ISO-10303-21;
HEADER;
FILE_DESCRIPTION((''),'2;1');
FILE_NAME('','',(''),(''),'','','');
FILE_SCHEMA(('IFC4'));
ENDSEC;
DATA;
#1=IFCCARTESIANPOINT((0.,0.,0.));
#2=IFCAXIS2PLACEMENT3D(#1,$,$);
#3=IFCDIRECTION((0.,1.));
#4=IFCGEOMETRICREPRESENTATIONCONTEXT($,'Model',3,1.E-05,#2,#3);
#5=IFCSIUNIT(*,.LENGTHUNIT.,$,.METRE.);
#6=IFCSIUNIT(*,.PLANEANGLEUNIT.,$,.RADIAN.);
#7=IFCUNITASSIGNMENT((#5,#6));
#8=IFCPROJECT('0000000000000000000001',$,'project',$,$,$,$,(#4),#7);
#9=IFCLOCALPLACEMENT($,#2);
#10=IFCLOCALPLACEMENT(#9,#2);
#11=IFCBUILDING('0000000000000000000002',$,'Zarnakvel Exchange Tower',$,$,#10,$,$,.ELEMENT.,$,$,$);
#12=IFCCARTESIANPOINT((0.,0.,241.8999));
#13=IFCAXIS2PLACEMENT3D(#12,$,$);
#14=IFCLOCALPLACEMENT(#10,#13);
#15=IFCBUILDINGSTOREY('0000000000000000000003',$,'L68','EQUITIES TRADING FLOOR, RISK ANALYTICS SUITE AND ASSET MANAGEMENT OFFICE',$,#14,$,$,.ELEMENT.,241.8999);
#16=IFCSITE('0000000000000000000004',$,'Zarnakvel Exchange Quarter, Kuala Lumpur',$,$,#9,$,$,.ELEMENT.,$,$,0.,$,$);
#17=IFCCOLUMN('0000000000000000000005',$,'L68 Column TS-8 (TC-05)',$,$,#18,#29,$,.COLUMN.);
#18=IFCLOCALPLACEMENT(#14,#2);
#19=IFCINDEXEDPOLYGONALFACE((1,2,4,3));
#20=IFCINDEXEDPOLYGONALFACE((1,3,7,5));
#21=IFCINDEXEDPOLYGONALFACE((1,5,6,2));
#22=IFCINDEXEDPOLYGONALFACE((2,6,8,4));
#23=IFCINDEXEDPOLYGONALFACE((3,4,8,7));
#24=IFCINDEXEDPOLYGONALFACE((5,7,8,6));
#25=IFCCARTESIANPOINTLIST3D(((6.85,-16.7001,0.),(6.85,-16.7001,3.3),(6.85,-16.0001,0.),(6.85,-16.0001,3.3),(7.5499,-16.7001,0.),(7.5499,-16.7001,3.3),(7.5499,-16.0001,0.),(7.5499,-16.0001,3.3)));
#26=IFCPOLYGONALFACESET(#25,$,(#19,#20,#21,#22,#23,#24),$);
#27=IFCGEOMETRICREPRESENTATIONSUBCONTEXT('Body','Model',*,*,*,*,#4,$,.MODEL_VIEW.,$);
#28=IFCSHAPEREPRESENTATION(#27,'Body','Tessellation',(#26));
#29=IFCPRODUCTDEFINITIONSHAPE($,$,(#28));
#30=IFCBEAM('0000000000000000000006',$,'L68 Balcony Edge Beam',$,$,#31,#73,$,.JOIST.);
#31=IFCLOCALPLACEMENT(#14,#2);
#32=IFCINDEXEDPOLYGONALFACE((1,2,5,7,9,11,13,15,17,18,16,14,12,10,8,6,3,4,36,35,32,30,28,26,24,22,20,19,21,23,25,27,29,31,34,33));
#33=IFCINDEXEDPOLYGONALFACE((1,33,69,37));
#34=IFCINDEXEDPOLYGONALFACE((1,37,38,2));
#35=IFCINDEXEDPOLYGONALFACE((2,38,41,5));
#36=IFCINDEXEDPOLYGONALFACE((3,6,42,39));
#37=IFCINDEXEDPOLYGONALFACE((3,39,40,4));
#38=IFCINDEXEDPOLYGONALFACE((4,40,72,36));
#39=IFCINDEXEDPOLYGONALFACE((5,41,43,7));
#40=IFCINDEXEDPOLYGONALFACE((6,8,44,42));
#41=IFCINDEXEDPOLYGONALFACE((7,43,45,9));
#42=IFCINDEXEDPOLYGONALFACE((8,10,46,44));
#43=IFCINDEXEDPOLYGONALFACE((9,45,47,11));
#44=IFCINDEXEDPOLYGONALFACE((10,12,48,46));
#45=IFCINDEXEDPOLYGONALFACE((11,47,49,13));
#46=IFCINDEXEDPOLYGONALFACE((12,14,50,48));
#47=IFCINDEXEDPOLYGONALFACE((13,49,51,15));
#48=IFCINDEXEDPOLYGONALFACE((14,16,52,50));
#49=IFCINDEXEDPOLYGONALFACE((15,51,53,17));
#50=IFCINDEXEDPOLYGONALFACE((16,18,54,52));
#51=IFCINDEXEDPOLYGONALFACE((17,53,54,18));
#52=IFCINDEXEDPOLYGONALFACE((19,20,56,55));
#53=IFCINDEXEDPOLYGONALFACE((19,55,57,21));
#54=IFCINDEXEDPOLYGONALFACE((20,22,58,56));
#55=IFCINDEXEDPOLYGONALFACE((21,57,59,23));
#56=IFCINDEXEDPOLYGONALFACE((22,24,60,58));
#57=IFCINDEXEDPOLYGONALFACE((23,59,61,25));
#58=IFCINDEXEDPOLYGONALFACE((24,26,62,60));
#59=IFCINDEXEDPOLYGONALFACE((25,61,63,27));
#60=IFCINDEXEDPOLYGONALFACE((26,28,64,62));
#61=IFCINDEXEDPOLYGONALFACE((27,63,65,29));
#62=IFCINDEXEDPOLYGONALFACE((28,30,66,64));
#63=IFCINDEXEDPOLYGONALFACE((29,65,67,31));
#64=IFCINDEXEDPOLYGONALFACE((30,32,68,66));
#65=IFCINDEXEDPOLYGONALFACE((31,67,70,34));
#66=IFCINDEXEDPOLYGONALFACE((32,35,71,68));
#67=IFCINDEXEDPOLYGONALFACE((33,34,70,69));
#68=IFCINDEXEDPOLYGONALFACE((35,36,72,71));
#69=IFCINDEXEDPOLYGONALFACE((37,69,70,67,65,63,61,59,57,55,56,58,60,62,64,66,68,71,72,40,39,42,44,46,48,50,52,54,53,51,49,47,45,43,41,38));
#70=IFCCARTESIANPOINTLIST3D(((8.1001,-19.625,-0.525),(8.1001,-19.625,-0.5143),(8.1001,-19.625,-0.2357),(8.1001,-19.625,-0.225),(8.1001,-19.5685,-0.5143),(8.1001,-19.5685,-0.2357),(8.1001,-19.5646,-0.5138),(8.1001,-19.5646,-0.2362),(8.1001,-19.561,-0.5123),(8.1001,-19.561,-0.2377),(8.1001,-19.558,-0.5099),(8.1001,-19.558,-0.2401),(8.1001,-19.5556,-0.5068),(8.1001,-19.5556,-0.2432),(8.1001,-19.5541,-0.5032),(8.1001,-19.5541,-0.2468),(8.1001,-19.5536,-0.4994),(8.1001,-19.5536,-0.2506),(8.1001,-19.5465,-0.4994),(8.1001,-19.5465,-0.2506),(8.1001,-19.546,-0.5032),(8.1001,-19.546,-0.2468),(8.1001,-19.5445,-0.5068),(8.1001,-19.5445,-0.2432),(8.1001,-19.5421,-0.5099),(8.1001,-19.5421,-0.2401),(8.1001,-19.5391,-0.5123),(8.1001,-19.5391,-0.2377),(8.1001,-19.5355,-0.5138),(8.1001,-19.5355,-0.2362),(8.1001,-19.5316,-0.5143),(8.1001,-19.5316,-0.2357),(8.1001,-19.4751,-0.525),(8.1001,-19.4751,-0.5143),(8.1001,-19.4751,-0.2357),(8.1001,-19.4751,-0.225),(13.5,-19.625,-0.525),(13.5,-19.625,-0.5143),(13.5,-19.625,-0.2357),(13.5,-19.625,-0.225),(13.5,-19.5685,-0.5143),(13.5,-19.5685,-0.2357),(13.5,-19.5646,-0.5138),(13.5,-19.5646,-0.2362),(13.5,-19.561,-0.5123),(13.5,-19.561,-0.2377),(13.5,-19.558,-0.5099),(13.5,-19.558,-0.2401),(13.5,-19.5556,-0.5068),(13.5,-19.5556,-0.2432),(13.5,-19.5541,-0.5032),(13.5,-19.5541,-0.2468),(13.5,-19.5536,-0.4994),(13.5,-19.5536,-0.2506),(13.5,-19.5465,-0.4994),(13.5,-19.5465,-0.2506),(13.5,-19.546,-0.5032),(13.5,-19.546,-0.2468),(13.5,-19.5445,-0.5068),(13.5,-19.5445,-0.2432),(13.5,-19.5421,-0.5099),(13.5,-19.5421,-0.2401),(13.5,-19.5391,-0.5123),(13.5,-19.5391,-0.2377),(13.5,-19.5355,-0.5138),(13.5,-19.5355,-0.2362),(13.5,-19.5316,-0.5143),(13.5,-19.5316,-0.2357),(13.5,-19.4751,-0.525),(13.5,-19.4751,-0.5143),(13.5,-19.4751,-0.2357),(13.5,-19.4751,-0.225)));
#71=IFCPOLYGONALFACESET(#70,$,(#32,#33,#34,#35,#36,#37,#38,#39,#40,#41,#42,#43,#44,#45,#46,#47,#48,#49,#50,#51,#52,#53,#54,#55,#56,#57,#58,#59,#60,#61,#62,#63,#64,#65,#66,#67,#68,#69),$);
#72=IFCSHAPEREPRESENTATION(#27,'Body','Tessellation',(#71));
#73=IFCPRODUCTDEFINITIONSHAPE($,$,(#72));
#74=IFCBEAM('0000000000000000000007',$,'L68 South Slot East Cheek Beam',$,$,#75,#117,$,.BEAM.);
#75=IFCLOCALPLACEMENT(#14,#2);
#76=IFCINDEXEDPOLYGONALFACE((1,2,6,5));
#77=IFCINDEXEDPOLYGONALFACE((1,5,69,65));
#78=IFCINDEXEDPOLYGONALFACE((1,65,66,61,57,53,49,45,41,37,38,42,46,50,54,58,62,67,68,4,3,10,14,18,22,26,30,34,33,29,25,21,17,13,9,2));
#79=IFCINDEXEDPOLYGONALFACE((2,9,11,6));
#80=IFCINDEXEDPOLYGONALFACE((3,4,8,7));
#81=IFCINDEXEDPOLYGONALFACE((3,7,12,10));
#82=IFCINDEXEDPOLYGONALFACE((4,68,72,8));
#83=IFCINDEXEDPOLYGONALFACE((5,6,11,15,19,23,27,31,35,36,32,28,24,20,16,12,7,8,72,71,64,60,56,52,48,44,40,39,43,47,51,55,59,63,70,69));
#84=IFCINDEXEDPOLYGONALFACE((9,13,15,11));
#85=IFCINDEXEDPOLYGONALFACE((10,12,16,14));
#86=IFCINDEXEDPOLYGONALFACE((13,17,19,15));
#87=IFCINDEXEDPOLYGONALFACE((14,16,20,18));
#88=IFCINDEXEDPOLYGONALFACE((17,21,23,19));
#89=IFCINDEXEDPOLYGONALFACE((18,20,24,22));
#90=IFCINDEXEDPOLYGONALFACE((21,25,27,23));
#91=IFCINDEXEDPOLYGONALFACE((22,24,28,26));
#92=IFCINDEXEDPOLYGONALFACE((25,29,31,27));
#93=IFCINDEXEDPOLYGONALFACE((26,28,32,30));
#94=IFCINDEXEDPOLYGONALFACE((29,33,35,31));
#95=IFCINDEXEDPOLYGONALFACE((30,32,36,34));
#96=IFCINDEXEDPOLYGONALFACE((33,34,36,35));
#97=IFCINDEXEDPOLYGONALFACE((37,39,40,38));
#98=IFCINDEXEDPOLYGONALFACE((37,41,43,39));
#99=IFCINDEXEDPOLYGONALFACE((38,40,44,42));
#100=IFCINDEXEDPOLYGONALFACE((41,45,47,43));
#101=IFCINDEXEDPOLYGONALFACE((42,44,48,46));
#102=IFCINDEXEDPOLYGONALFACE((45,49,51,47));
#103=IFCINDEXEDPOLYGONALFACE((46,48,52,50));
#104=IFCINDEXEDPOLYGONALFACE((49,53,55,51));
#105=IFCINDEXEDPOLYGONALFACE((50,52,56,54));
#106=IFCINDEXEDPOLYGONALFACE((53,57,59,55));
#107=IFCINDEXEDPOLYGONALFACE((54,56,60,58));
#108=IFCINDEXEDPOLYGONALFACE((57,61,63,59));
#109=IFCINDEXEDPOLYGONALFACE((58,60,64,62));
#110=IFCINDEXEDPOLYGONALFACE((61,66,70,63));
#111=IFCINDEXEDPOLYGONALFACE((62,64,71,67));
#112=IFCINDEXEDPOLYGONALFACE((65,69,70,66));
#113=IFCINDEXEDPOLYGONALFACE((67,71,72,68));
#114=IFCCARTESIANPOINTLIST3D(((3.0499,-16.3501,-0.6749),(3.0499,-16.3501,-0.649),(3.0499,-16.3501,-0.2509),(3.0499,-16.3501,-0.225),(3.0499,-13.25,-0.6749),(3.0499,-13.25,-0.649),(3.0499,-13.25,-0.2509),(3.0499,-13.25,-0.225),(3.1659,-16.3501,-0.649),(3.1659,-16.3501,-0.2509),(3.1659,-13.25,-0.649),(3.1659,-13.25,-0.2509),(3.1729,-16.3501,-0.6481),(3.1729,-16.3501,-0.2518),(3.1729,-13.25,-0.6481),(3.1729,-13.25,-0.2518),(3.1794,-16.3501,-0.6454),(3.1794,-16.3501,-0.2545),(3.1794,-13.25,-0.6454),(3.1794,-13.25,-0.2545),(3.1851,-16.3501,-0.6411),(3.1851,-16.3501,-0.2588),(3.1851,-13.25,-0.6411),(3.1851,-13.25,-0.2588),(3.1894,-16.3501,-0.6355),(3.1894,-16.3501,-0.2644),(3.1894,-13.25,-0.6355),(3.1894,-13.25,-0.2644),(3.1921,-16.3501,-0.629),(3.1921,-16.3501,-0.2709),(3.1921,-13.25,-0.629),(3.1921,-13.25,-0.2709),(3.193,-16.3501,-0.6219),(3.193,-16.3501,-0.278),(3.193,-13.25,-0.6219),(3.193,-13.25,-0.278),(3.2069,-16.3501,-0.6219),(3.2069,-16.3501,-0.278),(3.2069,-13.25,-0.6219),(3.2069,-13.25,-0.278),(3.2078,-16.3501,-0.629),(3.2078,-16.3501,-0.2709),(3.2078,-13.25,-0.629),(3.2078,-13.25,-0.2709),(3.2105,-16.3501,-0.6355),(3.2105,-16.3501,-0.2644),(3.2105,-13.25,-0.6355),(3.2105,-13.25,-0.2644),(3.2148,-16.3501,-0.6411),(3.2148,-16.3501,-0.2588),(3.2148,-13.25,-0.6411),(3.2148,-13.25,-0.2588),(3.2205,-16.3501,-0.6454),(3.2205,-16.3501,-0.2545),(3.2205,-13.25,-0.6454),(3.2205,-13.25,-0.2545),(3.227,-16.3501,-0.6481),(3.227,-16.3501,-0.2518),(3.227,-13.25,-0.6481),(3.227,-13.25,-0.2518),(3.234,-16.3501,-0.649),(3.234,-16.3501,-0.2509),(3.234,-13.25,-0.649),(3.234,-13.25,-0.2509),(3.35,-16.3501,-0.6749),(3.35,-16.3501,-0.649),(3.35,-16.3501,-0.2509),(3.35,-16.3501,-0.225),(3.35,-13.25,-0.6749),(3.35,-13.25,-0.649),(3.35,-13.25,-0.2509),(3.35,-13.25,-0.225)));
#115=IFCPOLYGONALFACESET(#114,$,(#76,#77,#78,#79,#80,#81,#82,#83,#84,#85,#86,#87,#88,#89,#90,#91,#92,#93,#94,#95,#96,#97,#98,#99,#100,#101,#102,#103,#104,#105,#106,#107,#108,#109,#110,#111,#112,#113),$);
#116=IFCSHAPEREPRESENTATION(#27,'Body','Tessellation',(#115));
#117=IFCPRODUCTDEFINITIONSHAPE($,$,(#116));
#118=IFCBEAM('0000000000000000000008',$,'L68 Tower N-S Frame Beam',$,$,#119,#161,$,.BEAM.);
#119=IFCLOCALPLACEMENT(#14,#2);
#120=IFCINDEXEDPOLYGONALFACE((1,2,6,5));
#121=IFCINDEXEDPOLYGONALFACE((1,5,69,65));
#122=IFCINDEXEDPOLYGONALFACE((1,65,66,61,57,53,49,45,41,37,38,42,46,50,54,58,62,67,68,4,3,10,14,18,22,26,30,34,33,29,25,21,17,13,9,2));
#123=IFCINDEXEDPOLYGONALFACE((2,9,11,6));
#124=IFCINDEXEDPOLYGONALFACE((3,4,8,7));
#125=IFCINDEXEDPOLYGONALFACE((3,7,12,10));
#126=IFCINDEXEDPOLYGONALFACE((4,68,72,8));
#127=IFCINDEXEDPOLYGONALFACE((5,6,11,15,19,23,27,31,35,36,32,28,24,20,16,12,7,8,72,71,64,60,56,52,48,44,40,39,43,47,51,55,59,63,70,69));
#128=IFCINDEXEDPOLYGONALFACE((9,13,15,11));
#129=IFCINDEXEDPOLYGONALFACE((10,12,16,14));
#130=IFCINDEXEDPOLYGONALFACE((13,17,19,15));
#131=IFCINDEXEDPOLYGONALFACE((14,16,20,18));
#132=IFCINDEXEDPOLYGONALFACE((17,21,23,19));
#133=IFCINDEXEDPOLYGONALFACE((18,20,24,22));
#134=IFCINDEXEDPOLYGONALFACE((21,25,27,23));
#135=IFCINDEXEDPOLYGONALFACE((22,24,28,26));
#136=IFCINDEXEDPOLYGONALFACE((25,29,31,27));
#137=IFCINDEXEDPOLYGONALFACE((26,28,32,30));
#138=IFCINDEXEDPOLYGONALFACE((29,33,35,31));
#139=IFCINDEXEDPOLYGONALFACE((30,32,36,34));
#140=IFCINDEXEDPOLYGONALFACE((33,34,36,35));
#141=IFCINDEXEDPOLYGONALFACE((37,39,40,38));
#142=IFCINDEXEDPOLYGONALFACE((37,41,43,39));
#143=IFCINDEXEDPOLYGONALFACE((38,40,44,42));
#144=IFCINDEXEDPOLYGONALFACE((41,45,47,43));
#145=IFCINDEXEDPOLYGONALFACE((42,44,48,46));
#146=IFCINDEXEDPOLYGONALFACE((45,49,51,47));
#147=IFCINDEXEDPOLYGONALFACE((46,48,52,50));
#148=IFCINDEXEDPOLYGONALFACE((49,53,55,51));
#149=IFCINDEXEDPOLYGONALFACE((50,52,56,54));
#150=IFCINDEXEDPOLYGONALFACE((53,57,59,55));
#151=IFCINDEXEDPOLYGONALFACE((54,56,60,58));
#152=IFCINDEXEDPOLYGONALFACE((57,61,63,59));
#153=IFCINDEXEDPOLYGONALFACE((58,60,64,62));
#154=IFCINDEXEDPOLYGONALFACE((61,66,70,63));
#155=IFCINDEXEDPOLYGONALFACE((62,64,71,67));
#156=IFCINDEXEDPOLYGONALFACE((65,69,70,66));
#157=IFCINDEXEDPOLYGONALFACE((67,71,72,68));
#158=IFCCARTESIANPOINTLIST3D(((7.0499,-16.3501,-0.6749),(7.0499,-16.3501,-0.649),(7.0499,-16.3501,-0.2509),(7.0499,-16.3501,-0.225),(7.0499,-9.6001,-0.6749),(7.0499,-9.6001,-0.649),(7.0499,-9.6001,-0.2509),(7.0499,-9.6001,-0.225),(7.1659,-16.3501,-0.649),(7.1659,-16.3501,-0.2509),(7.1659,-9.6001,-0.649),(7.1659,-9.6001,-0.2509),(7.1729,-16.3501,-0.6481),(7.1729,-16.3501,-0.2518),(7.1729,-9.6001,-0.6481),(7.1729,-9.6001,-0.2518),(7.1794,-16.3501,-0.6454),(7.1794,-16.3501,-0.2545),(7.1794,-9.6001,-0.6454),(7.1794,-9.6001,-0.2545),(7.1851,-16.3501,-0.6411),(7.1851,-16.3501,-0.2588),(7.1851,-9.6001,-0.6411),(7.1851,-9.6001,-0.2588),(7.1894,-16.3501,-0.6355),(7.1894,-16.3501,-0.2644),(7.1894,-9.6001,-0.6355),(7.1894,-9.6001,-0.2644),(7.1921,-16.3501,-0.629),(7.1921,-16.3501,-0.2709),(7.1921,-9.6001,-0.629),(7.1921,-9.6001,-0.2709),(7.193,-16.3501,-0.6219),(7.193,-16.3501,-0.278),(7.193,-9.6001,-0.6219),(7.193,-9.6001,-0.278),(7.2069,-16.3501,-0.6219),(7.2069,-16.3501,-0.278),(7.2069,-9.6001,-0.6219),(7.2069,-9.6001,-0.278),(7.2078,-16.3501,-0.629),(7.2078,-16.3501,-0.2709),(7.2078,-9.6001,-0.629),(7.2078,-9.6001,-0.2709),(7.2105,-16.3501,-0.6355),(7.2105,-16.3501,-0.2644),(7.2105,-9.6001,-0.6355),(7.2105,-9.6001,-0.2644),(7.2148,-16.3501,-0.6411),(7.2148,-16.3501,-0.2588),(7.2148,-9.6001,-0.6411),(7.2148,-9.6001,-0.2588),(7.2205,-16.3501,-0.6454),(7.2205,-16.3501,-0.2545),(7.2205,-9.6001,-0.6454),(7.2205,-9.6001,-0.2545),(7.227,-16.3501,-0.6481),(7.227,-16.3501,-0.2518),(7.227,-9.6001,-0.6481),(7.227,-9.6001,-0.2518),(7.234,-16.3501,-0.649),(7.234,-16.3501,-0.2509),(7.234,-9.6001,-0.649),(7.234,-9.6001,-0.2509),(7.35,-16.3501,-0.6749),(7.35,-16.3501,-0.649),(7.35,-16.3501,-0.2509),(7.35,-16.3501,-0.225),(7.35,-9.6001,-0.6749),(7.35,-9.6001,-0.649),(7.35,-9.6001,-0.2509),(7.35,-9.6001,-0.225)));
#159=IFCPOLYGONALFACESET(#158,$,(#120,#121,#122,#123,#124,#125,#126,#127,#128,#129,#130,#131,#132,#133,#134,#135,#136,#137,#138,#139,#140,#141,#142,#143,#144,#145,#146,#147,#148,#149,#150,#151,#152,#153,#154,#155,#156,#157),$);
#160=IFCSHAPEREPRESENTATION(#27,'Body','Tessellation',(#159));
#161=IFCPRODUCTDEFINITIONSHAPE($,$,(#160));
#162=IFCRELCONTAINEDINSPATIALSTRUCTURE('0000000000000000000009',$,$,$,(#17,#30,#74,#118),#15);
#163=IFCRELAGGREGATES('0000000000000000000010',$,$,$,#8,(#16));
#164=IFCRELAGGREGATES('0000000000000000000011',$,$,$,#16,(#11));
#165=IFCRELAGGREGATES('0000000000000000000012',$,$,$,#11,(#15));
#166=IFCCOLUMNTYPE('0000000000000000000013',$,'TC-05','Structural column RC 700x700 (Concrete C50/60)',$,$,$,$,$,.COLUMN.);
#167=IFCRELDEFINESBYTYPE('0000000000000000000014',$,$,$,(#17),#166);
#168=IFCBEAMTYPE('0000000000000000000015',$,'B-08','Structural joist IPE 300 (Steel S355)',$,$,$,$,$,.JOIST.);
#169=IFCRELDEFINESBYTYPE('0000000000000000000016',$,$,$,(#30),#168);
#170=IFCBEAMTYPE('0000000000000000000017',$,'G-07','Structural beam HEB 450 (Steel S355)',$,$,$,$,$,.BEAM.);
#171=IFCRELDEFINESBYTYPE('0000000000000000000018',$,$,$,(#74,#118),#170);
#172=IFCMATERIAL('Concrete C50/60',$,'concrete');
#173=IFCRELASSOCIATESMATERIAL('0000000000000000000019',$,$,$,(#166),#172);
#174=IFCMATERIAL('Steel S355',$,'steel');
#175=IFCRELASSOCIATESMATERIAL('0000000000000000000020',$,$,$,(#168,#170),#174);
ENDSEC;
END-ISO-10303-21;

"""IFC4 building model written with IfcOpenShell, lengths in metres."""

from ifc_helpers import new_model, si_unit, direction, frame, origin, origin_2d, place, context, subcontext, project, spatial, rectangle, i_section, extrude, material, material_profile, profile_set, type_object, element, save


model = new_model("IFC4")

# Units and contexts
model_context = context("Model", 3, precision=1e-05, world=origin(), true_north=direction((0.0, 1.0)))
body_context = subcontext(model_context, "Body", "Model", "MODEL_VIEW")
ifc_project = project(units=[si_unit("LENGTHUNIT", "METRE"), si_unit("PLANEANGLEUNIT", "RADIAN")], contexts=[model_context])

# Site, building, storey
site_placement = place(None, origin())
site = spatial("IfcSite", under=ifc_project, at=site_placement, Name="Zarnakvel Exchange Quarter, Kuala Lumpur", CompositionType="ELEMENT", RefElevation=0.0)
building_placement = place(site_placement, origin())
building = spatial("IfcBuilding", under=site, at=building_placement, Name="Zarnakvel Exchange Tower", CompositionType="ELEMENT")
storey_placement = place(building_placement, frame((0.0, 0.0, 241.8999)))
storey = spatial("IfcBuildingStorey", under=building, at=storey_placement, Name="L68", Description="EQUITIES TRADING FLOOR, RISK ANALYTICS SUITE AND ASSET MANAGEMENT OFFICE", CompositionType="ELEMENT", Elevation=241.8999)

# Column
ifc_material_1 = material(Name="Concrete C50/60", Category="concrete")
ifc_material_profile_1 = material_profile(ifc_material_1, rectangle(XDim=0.7, YDim=0.7, at=origin_2d()))
ifc_profile_set_1 = profile_set([ifc_material_profile_1], Name="Concrete C50/60")
column_type = type_object("IfcColumnType", Name="TC-05", Description="Structural column RC 700x700 (Concrete C50/60)", PredefinedType="COLUMN", material=ifc_profile_set_1)
column_placement = place(storey_placement, frame((7.2, -16.3501, 0.0), z_axis=(0.0, 0.0, 1.0), x_axis=(1.0, 0.0, 0.0)))
element("IfcColumn", 1, at=column_placement, inside=storey, type_object=column_type, Name="L68 Column TS-8 (TC-05)", PredefinedType="COLUMN", context=body_context, shape_type="SweptSolid", body=[
    extrude(rectangle(XDim=0.7, YDim=0.7, at=origin_2d()), origin(), (0.0, 0.0, 1.0), 3.3),
])

# Beams
ifc_material_2 = material(Name="Steel S355", Category="steel")
ifc_material_profile_2 = material_profile(ifc_material_2, i_section(OverallWidth=0.1499, OverallDepth=0.3, WebThickness=0.0071, FlangeThickness=0.0107, FilletRadius=0.0149, at=origin_2d()))
ifc_profile_set_2 = profile_set([ifc_material_profile_2], Name="Steel S355")
beam_type_1 = type_object("IfcBeamType", Name="B-08", Description="Structural joist IPE 300 (Steel S355)", PredefinedType="JOIST", material=ifc_profile_set_2)
beam_1_placement = place(storey_placement, frame((8.1001, -19.55, -0.375), z_axis=(1.0, 0.0, 0.0), x_axis=(0.0, 1.0, 0.0)))
element("IfcBeam", 2, at=beam_1_placement, inside=storey, type_object=beam_type_1, Name="L68 Balcony Edge Beam", PredefinedType="JOIST", context=body_context, shape_type="SweptSolid", body=[
    extrude(i_section(OverallWidth=0.1499, OverallDepth=0.3, WebThickness=0.0071, FlangeThickness=0.0107, FilletRadius=0.0149, at=origin_2d()), origin(), (0.0, 0.0, 1.0), 5.3999),
])
ifc_material_profile_3 = material_profile(ifc_material_2, i_section(OverallWidth=0.3, OverallDepth=0.45, WebThickness=0.0139, FlangeThickness=0.0259, FilletRadius=0.0271, at=origin_2d()))
ifc_profile_set_3 = profile_set([ifc_material_profile_3], Name="Steel S355")
beam_type_2 = type_object("IfcBeamType", Name="G-07", Description="Structural beam HEB 450 (Steel S355)", PredefinedType="BEAM", material=ifc_profile_set_3)
beam_2_placement = place(storey_placement, frame((3.2, -16.3501, -0.45), z_axis=(0.0, 1.0, 0.0), x_axis=(-1.0, 0.0, 0.0)))
element("IfcBeam", 3, at=beam_2_placement, inside=storey, type_object=beam_type_2, Name="L68 South Slot East Cheek Beam", PredefinedType="BEAM", context=body_context, shape_type="SweptSolid", body=[
    extrude(i_section(OverallWidth=0.3, OverallDepth=0.45, WebThickness=0.0139, FlangeThickness=0.0259, FilletRadius=0.0271, at=origin_2d()), origin(), (0.0, 0.0, 1.0), 3.1001),
])
beam_3_placement = place(storey_placement, frame((7.2, -16.3501, -0.45), z_axis=(0.0, 1.0, 0.0), x_axis=(-1.0, 0.0, 0.0)))
element("IfcBeam", 4, at=beam_3_placement, inside=storey, type_object=beam_type_2, Name="L68 Tower N-S Frame Beam", PredefinedType="BEAM", context=body_context, shape_type="SweptSolid", body=[
    extrude(i_section(OverallWidth=0.3, OverallDepth=0.45, WebThickness=0.0139, FlangeThickness=0.0259, FilletRadius=0.0271, at=origin_2d()), origin(), (0.0, 0.0, 1.0), 6.75),
])

save(model, "model.ifc")
